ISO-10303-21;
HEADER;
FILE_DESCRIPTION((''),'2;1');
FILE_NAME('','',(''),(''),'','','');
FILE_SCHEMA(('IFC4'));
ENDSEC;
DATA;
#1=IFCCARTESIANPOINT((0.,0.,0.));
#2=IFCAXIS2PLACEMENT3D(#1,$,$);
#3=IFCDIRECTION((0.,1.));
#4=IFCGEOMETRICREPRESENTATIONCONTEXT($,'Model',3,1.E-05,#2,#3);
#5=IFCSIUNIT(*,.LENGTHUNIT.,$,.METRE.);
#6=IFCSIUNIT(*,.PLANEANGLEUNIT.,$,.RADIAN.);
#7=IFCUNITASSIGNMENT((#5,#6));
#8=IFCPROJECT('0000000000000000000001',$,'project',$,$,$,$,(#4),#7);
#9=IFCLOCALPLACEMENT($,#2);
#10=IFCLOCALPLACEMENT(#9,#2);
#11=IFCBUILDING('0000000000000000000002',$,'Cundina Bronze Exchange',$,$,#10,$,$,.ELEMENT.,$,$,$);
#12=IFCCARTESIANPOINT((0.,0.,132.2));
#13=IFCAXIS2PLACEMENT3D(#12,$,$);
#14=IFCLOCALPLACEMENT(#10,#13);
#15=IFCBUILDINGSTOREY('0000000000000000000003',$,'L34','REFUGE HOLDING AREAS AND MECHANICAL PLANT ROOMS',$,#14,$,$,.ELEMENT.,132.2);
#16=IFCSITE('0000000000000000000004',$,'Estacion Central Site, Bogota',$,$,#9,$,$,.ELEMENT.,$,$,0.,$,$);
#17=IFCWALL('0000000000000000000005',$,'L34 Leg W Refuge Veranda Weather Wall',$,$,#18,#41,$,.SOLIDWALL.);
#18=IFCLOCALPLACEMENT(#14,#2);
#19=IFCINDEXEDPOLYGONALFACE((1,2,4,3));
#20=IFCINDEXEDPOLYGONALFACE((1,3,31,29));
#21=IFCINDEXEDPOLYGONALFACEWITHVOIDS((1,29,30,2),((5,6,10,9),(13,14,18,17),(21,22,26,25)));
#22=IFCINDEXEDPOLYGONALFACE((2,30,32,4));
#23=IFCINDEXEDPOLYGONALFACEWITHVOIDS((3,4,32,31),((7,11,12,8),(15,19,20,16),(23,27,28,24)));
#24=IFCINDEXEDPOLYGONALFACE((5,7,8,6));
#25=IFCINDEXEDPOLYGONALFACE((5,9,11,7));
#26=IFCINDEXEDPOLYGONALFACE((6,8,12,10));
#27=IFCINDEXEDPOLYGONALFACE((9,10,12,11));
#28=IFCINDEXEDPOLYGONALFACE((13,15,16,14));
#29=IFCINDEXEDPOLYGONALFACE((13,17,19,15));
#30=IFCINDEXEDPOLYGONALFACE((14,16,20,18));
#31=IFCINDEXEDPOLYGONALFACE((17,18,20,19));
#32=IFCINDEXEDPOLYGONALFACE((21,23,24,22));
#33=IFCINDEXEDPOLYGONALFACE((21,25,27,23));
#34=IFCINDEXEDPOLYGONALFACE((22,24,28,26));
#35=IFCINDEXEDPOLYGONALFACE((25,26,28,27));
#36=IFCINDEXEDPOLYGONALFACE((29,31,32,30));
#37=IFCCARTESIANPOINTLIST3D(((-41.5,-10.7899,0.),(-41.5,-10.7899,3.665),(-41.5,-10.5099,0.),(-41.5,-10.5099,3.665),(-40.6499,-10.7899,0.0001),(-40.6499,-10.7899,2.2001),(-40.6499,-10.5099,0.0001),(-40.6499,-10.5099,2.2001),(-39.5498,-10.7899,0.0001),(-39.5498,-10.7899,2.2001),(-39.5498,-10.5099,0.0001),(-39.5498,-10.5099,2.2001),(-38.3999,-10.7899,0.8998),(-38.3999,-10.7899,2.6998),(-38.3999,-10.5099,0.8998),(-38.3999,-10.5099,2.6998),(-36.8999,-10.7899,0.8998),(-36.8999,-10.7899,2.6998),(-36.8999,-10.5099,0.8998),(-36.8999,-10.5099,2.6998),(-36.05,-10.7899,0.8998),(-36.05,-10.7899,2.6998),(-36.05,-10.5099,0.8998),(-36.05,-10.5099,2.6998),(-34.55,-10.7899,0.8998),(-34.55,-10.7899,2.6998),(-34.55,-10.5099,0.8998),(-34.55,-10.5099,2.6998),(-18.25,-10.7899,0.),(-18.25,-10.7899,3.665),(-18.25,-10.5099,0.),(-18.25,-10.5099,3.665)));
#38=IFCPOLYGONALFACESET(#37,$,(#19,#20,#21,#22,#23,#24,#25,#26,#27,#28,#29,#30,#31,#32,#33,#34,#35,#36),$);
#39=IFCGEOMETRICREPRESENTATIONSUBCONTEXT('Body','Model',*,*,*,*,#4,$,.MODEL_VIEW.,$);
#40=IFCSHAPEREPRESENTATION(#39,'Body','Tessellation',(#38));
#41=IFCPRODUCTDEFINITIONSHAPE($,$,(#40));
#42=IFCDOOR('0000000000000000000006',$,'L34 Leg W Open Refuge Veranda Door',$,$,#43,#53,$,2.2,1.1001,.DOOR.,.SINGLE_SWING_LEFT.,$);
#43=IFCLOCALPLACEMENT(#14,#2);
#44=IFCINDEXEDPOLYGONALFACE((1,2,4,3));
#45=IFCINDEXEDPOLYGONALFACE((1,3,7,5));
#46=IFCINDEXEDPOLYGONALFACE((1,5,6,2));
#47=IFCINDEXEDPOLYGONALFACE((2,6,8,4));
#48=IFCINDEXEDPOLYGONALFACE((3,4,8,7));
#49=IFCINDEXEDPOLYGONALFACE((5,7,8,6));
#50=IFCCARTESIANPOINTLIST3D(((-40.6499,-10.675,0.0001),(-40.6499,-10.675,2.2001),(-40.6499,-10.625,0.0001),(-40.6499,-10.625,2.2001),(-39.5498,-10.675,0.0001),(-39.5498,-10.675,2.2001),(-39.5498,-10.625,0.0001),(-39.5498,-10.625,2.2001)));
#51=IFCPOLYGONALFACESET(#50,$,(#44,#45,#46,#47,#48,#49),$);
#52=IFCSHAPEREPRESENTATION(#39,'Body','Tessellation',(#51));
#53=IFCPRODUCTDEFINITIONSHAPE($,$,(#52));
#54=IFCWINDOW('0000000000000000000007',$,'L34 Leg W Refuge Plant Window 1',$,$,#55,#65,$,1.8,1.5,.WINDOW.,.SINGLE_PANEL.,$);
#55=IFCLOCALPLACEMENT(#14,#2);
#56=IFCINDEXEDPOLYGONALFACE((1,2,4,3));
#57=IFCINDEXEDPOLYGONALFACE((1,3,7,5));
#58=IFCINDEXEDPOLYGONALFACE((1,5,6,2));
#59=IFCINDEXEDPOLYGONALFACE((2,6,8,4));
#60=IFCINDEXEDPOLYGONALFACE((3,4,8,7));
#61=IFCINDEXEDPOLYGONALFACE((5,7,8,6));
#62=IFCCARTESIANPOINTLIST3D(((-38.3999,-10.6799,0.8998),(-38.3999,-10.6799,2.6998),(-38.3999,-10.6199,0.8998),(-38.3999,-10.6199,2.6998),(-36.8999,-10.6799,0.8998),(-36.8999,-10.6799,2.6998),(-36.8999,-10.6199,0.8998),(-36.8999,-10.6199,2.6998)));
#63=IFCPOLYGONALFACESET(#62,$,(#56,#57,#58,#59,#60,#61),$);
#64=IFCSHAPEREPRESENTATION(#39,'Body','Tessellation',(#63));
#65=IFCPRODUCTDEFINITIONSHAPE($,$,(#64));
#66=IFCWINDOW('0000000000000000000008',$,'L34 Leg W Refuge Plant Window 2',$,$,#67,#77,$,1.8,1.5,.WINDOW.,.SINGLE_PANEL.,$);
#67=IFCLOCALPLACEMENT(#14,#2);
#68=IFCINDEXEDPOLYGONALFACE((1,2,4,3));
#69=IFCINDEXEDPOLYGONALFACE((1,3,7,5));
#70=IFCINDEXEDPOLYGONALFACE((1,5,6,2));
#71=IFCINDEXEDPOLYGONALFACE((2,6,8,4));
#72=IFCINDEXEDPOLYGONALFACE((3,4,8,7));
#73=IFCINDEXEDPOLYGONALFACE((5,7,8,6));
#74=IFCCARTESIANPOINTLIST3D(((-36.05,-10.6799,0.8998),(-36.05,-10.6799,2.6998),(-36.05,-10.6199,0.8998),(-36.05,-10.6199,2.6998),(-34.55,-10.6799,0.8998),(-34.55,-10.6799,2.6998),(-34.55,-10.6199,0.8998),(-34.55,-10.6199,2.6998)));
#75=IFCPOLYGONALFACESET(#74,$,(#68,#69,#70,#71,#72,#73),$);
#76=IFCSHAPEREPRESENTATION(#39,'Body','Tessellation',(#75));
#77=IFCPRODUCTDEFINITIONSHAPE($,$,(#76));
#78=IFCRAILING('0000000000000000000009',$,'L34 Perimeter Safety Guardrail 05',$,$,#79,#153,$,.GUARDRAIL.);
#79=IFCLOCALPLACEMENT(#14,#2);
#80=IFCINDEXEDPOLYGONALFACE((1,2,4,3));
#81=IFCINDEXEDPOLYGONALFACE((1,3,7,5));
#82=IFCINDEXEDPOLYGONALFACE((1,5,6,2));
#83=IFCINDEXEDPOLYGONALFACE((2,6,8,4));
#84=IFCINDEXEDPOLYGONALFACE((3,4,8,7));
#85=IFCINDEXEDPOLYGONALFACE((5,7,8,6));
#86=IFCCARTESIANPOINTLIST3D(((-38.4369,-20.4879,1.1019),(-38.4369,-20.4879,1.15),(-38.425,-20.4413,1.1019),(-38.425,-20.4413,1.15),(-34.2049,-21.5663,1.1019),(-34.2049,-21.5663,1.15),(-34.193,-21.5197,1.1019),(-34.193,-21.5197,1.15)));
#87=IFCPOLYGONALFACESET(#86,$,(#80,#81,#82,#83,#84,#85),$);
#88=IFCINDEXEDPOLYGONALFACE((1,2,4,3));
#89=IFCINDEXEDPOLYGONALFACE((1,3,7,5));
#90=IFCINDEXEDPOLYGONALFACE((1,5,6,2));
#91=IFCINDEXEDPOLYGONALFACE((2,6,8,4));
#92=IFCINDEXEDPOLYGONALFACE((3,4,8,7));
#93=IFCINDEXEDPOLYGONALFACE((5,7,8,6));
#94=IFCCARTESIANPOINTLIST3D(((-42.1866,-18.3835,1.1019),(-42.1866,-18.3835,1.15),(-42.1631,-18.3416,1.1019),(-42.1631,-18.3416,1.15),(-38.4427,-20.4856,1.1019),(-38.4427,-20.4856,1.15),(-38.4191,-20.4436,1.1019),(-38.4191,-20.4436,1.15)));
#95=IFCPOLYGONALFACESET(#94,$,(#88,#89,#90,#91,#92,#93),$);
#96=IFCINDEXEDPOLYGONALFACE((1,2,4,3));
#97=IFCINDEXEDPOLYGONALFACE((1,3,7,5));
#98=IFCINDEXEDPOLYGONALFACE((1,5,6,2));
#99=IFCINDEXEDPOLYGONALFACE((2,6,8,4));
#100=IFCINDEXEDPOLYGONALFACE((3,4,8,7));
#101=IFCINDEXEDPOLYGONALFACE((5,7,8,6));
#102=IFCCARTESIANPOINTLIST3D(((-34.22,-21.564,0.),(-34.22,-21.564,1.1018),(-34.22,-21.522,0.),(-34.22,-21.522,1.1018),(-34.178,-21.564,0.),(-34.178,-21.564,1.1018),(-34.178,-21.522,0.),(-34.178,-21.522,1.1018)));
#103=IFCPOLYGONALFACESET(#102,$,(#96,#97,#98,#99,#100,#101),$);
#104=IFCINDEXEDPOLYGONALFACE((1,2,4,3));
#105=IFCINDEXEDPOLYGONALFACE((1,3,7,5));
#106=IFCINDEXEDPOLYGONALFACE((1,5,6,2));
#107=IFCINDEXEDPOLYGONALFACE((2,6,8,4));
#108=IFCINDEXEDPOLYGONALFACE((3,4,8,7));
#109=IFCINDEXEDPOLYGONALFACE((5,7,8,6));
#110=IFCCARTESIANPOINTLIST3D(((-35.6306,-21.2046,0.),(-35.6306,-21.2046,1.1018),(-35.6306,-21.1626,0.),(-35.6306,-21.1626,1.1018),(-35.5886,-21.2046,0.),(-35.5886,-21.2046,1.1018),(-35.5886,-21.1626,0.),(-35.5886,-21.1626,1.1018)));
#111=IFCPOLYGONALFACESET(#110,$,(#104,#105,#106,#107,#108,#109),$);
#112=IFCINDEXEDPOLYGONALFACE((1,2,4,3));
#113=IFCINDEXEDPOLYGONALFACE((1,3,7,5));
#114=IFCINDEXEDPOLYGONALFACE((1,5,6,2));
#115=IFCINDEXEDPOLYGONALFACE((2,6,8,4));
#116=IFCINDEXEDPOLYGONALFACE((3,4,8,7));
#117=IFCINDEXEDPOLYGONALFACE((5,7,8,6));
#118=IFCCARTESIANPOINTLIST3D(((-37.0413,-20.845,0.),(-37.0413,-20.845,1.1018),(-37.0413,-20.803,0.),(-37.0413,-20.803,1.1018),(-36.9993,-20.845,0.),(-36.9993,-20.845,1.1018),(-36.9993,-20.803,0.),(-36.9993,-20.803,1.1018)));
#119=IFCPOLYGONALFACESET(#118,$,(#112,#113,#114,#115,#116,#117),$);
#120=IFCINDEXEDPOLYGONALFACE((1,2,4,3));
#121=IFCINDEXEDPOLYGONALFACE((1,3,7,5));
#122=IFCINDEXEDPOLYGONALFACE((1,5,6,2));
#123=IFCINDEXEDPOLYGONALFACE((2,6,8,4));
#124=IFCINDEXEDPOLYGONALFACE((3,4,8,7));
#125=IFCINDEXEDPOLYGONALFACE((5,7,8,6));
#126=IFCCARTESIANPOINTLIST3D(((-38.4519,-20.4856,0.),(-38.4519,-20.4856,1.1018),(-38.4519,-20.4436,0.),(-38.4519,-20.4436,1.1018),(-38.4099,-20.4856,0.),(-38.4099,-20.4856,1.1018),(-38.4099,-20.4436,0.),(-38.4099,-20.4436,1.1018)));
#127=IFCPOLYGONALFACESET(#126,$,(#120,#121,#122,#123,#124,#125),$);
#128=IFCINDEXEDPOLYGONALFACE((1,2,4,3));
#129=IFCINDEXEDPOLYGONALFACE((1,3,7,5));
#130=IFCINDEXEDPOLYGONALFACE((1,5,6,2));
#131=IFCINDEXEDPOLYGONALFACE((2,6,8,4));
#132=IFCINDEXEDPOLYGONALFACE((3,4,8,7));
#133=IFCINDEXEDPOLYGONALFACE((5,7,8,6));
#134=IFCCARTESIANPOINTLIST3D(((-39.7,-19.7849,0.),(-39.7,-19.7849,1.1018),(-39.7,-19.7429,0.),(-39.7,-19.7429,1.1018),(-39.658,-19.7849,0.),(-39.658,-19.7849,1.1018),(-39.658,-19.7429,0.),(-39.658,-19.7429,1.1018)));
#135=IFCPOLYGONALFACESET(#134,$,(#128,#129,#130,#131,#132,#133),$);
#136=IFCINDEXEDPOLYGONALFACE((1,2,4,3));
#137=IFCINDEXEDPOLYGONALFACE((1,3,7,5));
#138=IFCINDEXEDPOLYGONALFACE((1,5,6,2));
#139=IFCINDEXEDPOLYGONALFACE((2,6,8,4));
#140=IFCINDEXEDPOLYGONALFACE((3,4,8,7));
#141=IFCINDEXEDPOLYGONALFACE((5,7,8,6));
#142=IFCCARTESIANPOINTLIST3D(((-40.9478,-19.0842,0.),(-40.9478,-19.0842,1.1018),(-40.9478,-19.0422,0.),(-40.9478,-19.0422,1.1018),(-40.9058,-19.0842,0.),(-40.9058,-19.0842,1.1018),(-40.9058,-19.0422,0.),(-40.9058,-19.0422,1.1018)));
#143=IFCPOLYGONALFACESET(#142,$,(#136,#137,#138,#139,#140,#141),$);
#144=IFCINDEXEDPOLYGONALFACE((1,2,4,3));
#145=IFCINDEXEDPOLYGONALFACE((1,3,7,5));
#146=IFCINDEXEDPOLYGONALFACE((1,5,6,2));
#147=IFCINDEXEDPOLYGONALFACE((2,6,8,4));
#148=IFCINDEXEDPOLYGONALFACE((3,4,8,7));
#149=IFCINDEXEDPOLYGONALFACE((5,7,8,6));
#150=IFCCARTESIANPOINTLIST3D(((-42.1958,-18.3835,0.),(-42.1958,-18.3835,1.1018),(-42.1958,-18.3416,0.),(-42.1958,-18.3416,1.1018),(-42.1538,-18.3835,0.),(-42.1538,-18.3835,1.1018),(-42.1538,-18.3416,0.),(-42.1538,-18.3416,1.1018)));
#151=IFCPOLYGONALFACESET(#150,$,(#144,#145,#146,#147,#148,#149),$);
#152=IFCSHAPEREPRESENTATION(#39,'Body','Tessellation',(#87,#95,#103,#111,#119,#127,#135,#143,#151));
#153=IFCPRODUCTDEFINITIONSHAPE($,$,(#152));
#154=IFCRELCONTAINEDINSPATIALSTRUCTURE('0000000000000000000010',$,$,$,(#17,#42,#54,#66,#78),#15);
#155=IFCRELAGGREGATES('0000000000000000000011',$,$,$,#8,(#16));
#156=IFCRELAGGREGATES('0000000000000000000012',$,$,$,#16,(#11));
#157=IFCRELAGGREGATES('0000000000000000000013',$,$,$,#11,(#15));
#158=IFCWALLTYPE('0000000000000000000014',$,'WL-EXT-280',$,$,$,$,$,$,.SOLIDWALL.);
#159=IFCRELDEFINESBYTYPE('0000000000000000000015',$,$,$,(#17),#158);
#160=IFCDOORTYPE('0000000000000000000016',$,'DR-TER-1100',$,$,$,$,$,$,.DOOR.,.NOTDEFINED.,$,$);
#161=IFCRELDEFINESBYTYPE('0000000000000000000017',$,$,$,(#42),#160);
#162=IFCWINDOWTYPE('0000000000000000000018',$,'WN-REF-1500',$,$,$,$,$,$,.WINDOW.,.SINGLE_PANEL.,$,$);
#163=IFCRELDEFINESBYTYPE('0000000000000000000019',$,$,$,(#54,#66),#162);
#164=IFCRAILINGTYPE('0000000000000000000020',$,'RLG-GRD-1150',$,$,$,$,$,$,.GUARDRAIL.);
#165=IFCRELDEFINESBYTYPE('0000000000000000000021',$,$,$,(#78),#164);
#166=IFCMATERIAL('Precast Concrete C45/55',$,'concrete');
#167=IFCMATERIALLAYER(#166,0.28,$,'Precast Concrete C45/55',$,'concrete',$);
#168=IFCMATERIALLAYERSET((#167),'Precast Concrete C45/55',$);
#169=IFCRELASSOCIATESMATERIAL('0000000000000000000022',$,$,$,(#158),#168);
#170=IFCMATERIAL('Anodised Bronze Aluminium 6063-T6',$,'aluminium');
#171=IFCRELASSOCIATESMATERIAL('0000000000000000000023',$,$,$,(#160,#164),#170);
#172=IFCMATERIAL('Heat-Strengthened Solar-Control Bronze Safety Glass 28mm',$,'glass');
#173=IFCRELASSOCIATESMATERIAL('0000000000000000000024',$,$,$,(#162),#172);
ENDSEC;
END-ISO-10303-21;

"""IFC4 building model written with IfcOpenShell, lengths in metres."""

from ifc_helpers import new_model, si_unit, direction, frame, frame_2d, origin, origin_2d, place, context, subcontext, project, spatial, rectangle, extrude, material, layer, layer_set, type_object, element, fill, save


model = new_model("IFC4")

# Units and contexts
model_context = context("Model", 3, precision=1e-05, world=origin(), true_north=direction((0.0, 1.0)))
body_context = subcontext(model_context, "Body", "Model", "MODEL_VIEW")
ifc_project = project(units=[si_unit("LENGTHUNIT", "METRE"), si_unit("PLANEANGLEUNIT", "RADIAN")], contexts=[model_context])

# Site, building, storey
site_placement = place(None, origin())
site = spatial("IfcSite", under=ifc_project, at=site_placement, Name="Estacion Central Site, Bogota", CompositionType="ELEMENT", RefElevation=0.0)
building_placement = place(site_placement, origin())
building = spatial("IfcBuilding", under=site, at=building_placement, Name="Cundina Bronze Exchange", CompositionType="ELEMENT")
storey_placement = place(building_placement, frame((0.0, 0.0, 132.2)))
storey = spatial("IfcBuildingStorey", under=building, at=storey_placement, Name="L34", Description="REFUGE HOLDING AREAS AND MECHANICAL PLANT ROOMS", CompositionType="ELEMENT", Elevation=132.2)

# Wall, openings, door, windows
ifc_material_1 = material(Name="Precast Concrete C45/55", Category="concrete")
ifc_layer_1 = layer(ifc_material_1, 0.28, Name="Precast Concrete C45/55", Category="concrete")
ifc_layer_set_1 = layer_set([ifc_layer_1], Name="Precast Concrete C45/55")
wall_type_1 = type_object("IfcWallType", Name="WL-EXT-280", PredefinedType="SOLIDWALL", material=ifc_layer_set_1)
wall_1_placement = place(storey_placement, frame((-41.5, -10.6499, 0.0), z_axis=(0.0, 0.0, 1.0), x_axis=(1.0, 0.0, 0.0)))
wall_1 = element("IfcWall", 1, at=wall_1_placement, inside=storey, type_object=wall_type_1, Name="L34 Leg W Refuge Veranda Weather Wall", PredefinedType="SOLIDWALL", context=body_context, shape_type="SweptSolid", body=[
    extrude(rectangle(XDim=23.25, YDim=0.28, at=frame_2d((11.625, 0.0))), origin(), (0.0, 0.0, 1.0), 3.665),
])
opening_1_placement = place(wall_1_placement, frame((0.8501, 0.0, 0.0)))
opening_1 = element("IfcOpeningElement", 2, at=opening_1_placement, cuts=wall_1, PredefinedType="OPENING", context=body_context, shape_type="SweptSolid", body=[
    extrude(rectangle(XDim=1.1001, YDim=2.2, at=frame_2d((0.55, 1.1001))), frame((0.0, 0.1499, 0.0), z_axis=(0.0, -1.0, 0.0), x_axis=(1.0, 0.0, 0.0)), (0.0, 0.0, 1.0), 0.3),
])
opening_2_placement = place(wall_1_placement, frame((3.1001, 0.0, 0.8999)))
opening_2 = element("IfcOpeningElement", 3, at=opening_2_placement, cuts=wall_1, PredefinedType="OPENING", context=body_context, shape_type="SweptSolid", body=[
    extrude(rectangle(XDim=1.5, YDim=1.8, at=frame_2d((0.75, 0.8999))), frame((0.0, 0.1499, 0.0), z_axis=(0.0, -1.0, 0.0), x_axis=(1.0, 0.0, 0.0)), (0.0, 0.0, 1.0), 0.3),
])
opening_3_placement = place(wall_1_placement, frame((5.45, 0.0, 0.8999)))
opening_3 = element("IfcOpeningElement", 4, at=opening_3_placement, cuts=wall_1, PredefinedType="OPENING", context=body_context, shape_type="SweptSolid", body=[
    extrude(rectangle(XDim=1.5, YDim=1.8, at=frame_2d((0.75, 0.8999))), frame((0.0, 0.1499, 0.0), z_axis=(0.0, -1.0, 0.0), x_axis=(1.0, 0.0, 0.0)), (0.0, 0.0, 1.0), 0.3),
])
ifc_material_2 = material(Name="Anodised Bronze Aluminium 6063-T6", Category="aluminium")
door_type = type_object("IfcDoorType", Name="DR-TER-1100", OperationType="NOTDEFINED", PredefinedType="DOOR", material=ifc_material_2)
door_placement = place(opening_1_placement, origin())
door = element("IfcDoor", 5, at=door_placement, inside=storey, type_object=door_type, Name="L34 Leg W Open Refuge Veranda Door", OperationType="SINGLE_SWING_LEFT", OverallHeight=2.2, OverallWidth=1.1001, PredefinedType="DOOR", context=body_context, shape_type="SweptSolid", body=[
    extrude(rectangle(XDim=1.1001, YDim=2.2, at=frame_2d((0.55, 1.1001))), frame((0.0, 0.0249, 0.0), z_axis=(0.0, -1.0, 0.0), x_axis=(1.0, 0.0, 0.0)), (0.0, 0.0, 1.0), 0.05),
])
fill(opening_1, door)
ifc_material_3 = material(Name="Heat-Strengthened Solar-Control Bronze Safety Glass 28mm", Category="glass")
window_type = type_object("IfcWindowType", Name="WN-REF-1500", PartitioningType="SINGLE_PANEL", PredefinedType="WINDOW", material=ifc_material_3)
window_1_placement = place(opening_2_placement, origin())
window_1 = element("IfcWindow", 6, at=window_1_placement, inside=storey, type_object=window_type, Name="L34 Leg W Refuge Plant Window 1", OverallHeight=1.8, OverallWidth=1.5, PartitioningType="SINGLE_PANEL", PredefinedType="WINDOW", context=body_context, shape_type="SweptSolid", body=[
    extrude(rectangle(XDim=1.5, YDim=1.8, at=frame_2d((0.75, 0.8999))), frame((0.0, 0.03, 0.0), z_axis=(0.0, -1.0, 0.0), x_axis=(1.0, 0.0, 0.0)), (0.0, 0.0, 1.0), 0.0601),
])
fill(opening_2, window_1)
window_2_placement = place(opening_3_placement, origin())
window_2 = element("IfcWindow", 7, at=window_2_placement, inside=storey, type_object=window_type, Name="L34 Leg W Refuge Plant Window 2", OverallHeight=1.8, OverallWidth=1.5, PartitioningType="SINGLE_PANEL", PredefinedType="WINDOW", context=body_context, shape_type="SweptSolid", body=[
    extrude(rectangle(XDim=1.5, YDim=1.8, at=frame_2d((0.75, 0.8999))), frame((0.0, 0.03, 0.0), z_axis=(0.0, -1.0, 0.0), x_axis=(1.0, 0.0, 0.0)), (0.0, 0.0, 1.0), 0.0601),
])
fill(opening_3, window_2)

# Railing
railing_type = type_object("IfcRailingType", Name="RLG-GRD-1150", PredefinedType="GUARDRAIL", material=ifc_material_2)
railing_1_placement = place(storey_placement, frame((-34.199, -21.543, 0.0)))
element("IfcRailing", 8, at=railing_1_placement, inside=storey, type_object=railing_type, Name="L34 Perimeter Safety Guardrail 05", PredefinedType="GUARDRAIL", context=body_context, shape_type="SweptSolid", body=[
    extrude(rectangle(XDim=0.0481, YDim=0.0481, at=origin_2d()), frame((0.0, 0.0, 1.126), z_axis=(-0.969034, 0.246927, 0.0), x_axis=(-0.246927, -0.969034, 0.0)), (0.0, 0.0, 1.0), 4.3672),
    extrude(rectangle(XDim=0.0481, YDim=0.0481, at=origin_2d()), frame((-4.2319, 1.0784, 1.126), z_axis=(-0.871962, 0.489573, 0.0), x_axis=(-0.489573, -0.871962, 0.0)), (0.0, 0.0, 1.0), 4.2937),
    extrude(rectangle(XDim=0.042, YDim=0.042, at=origin_2d()), origin(), (0.0, 0.0, 1.0), 1.1018),
    extrude(rectangle(XDim=0.042, YDim=0.042, at=origin_2d()), frame((-1.4106, 0.3594, 0.0)), (0.0, 0.0, 1.0), 1.1018),
    extrude(rectangle(XDim=0.042, YDim=0.042, at=origin_2d()), frame((-2.8213, 0.719, 0.0)), (0.0, 0.0, 1.0), 1.1018),
    extrude(rectangle(XDim=0.042, YDim=0.042, at=origin_2d()), frame((-4.2319, 1.0784, 0.0)), (0.0, 0.0, 1.0), 1.1018),
    extrude(rectangle(XDim=0.042, YDim=0.042, at=origin_2d()), frame((-5.48, 1.7791, 0.0)), (0.0, 0.0, 1.0), 1.1018),
    extrude(rectangle(XDim=0.042, YDim=0.042, at=origin_2d()), frame((-6.7278, 2.4797, 0.0)), (0.0, 0.0, 1.0), 1.1018),
    extrude(rectangle(XDim=0.042, YDim=0.042, at=origin_2d()), frame((-7.9758, 3.1804, 0.0)), (0.0, 0.0, 1.0), 1.1018),
])

save(model, "model.ifc")
